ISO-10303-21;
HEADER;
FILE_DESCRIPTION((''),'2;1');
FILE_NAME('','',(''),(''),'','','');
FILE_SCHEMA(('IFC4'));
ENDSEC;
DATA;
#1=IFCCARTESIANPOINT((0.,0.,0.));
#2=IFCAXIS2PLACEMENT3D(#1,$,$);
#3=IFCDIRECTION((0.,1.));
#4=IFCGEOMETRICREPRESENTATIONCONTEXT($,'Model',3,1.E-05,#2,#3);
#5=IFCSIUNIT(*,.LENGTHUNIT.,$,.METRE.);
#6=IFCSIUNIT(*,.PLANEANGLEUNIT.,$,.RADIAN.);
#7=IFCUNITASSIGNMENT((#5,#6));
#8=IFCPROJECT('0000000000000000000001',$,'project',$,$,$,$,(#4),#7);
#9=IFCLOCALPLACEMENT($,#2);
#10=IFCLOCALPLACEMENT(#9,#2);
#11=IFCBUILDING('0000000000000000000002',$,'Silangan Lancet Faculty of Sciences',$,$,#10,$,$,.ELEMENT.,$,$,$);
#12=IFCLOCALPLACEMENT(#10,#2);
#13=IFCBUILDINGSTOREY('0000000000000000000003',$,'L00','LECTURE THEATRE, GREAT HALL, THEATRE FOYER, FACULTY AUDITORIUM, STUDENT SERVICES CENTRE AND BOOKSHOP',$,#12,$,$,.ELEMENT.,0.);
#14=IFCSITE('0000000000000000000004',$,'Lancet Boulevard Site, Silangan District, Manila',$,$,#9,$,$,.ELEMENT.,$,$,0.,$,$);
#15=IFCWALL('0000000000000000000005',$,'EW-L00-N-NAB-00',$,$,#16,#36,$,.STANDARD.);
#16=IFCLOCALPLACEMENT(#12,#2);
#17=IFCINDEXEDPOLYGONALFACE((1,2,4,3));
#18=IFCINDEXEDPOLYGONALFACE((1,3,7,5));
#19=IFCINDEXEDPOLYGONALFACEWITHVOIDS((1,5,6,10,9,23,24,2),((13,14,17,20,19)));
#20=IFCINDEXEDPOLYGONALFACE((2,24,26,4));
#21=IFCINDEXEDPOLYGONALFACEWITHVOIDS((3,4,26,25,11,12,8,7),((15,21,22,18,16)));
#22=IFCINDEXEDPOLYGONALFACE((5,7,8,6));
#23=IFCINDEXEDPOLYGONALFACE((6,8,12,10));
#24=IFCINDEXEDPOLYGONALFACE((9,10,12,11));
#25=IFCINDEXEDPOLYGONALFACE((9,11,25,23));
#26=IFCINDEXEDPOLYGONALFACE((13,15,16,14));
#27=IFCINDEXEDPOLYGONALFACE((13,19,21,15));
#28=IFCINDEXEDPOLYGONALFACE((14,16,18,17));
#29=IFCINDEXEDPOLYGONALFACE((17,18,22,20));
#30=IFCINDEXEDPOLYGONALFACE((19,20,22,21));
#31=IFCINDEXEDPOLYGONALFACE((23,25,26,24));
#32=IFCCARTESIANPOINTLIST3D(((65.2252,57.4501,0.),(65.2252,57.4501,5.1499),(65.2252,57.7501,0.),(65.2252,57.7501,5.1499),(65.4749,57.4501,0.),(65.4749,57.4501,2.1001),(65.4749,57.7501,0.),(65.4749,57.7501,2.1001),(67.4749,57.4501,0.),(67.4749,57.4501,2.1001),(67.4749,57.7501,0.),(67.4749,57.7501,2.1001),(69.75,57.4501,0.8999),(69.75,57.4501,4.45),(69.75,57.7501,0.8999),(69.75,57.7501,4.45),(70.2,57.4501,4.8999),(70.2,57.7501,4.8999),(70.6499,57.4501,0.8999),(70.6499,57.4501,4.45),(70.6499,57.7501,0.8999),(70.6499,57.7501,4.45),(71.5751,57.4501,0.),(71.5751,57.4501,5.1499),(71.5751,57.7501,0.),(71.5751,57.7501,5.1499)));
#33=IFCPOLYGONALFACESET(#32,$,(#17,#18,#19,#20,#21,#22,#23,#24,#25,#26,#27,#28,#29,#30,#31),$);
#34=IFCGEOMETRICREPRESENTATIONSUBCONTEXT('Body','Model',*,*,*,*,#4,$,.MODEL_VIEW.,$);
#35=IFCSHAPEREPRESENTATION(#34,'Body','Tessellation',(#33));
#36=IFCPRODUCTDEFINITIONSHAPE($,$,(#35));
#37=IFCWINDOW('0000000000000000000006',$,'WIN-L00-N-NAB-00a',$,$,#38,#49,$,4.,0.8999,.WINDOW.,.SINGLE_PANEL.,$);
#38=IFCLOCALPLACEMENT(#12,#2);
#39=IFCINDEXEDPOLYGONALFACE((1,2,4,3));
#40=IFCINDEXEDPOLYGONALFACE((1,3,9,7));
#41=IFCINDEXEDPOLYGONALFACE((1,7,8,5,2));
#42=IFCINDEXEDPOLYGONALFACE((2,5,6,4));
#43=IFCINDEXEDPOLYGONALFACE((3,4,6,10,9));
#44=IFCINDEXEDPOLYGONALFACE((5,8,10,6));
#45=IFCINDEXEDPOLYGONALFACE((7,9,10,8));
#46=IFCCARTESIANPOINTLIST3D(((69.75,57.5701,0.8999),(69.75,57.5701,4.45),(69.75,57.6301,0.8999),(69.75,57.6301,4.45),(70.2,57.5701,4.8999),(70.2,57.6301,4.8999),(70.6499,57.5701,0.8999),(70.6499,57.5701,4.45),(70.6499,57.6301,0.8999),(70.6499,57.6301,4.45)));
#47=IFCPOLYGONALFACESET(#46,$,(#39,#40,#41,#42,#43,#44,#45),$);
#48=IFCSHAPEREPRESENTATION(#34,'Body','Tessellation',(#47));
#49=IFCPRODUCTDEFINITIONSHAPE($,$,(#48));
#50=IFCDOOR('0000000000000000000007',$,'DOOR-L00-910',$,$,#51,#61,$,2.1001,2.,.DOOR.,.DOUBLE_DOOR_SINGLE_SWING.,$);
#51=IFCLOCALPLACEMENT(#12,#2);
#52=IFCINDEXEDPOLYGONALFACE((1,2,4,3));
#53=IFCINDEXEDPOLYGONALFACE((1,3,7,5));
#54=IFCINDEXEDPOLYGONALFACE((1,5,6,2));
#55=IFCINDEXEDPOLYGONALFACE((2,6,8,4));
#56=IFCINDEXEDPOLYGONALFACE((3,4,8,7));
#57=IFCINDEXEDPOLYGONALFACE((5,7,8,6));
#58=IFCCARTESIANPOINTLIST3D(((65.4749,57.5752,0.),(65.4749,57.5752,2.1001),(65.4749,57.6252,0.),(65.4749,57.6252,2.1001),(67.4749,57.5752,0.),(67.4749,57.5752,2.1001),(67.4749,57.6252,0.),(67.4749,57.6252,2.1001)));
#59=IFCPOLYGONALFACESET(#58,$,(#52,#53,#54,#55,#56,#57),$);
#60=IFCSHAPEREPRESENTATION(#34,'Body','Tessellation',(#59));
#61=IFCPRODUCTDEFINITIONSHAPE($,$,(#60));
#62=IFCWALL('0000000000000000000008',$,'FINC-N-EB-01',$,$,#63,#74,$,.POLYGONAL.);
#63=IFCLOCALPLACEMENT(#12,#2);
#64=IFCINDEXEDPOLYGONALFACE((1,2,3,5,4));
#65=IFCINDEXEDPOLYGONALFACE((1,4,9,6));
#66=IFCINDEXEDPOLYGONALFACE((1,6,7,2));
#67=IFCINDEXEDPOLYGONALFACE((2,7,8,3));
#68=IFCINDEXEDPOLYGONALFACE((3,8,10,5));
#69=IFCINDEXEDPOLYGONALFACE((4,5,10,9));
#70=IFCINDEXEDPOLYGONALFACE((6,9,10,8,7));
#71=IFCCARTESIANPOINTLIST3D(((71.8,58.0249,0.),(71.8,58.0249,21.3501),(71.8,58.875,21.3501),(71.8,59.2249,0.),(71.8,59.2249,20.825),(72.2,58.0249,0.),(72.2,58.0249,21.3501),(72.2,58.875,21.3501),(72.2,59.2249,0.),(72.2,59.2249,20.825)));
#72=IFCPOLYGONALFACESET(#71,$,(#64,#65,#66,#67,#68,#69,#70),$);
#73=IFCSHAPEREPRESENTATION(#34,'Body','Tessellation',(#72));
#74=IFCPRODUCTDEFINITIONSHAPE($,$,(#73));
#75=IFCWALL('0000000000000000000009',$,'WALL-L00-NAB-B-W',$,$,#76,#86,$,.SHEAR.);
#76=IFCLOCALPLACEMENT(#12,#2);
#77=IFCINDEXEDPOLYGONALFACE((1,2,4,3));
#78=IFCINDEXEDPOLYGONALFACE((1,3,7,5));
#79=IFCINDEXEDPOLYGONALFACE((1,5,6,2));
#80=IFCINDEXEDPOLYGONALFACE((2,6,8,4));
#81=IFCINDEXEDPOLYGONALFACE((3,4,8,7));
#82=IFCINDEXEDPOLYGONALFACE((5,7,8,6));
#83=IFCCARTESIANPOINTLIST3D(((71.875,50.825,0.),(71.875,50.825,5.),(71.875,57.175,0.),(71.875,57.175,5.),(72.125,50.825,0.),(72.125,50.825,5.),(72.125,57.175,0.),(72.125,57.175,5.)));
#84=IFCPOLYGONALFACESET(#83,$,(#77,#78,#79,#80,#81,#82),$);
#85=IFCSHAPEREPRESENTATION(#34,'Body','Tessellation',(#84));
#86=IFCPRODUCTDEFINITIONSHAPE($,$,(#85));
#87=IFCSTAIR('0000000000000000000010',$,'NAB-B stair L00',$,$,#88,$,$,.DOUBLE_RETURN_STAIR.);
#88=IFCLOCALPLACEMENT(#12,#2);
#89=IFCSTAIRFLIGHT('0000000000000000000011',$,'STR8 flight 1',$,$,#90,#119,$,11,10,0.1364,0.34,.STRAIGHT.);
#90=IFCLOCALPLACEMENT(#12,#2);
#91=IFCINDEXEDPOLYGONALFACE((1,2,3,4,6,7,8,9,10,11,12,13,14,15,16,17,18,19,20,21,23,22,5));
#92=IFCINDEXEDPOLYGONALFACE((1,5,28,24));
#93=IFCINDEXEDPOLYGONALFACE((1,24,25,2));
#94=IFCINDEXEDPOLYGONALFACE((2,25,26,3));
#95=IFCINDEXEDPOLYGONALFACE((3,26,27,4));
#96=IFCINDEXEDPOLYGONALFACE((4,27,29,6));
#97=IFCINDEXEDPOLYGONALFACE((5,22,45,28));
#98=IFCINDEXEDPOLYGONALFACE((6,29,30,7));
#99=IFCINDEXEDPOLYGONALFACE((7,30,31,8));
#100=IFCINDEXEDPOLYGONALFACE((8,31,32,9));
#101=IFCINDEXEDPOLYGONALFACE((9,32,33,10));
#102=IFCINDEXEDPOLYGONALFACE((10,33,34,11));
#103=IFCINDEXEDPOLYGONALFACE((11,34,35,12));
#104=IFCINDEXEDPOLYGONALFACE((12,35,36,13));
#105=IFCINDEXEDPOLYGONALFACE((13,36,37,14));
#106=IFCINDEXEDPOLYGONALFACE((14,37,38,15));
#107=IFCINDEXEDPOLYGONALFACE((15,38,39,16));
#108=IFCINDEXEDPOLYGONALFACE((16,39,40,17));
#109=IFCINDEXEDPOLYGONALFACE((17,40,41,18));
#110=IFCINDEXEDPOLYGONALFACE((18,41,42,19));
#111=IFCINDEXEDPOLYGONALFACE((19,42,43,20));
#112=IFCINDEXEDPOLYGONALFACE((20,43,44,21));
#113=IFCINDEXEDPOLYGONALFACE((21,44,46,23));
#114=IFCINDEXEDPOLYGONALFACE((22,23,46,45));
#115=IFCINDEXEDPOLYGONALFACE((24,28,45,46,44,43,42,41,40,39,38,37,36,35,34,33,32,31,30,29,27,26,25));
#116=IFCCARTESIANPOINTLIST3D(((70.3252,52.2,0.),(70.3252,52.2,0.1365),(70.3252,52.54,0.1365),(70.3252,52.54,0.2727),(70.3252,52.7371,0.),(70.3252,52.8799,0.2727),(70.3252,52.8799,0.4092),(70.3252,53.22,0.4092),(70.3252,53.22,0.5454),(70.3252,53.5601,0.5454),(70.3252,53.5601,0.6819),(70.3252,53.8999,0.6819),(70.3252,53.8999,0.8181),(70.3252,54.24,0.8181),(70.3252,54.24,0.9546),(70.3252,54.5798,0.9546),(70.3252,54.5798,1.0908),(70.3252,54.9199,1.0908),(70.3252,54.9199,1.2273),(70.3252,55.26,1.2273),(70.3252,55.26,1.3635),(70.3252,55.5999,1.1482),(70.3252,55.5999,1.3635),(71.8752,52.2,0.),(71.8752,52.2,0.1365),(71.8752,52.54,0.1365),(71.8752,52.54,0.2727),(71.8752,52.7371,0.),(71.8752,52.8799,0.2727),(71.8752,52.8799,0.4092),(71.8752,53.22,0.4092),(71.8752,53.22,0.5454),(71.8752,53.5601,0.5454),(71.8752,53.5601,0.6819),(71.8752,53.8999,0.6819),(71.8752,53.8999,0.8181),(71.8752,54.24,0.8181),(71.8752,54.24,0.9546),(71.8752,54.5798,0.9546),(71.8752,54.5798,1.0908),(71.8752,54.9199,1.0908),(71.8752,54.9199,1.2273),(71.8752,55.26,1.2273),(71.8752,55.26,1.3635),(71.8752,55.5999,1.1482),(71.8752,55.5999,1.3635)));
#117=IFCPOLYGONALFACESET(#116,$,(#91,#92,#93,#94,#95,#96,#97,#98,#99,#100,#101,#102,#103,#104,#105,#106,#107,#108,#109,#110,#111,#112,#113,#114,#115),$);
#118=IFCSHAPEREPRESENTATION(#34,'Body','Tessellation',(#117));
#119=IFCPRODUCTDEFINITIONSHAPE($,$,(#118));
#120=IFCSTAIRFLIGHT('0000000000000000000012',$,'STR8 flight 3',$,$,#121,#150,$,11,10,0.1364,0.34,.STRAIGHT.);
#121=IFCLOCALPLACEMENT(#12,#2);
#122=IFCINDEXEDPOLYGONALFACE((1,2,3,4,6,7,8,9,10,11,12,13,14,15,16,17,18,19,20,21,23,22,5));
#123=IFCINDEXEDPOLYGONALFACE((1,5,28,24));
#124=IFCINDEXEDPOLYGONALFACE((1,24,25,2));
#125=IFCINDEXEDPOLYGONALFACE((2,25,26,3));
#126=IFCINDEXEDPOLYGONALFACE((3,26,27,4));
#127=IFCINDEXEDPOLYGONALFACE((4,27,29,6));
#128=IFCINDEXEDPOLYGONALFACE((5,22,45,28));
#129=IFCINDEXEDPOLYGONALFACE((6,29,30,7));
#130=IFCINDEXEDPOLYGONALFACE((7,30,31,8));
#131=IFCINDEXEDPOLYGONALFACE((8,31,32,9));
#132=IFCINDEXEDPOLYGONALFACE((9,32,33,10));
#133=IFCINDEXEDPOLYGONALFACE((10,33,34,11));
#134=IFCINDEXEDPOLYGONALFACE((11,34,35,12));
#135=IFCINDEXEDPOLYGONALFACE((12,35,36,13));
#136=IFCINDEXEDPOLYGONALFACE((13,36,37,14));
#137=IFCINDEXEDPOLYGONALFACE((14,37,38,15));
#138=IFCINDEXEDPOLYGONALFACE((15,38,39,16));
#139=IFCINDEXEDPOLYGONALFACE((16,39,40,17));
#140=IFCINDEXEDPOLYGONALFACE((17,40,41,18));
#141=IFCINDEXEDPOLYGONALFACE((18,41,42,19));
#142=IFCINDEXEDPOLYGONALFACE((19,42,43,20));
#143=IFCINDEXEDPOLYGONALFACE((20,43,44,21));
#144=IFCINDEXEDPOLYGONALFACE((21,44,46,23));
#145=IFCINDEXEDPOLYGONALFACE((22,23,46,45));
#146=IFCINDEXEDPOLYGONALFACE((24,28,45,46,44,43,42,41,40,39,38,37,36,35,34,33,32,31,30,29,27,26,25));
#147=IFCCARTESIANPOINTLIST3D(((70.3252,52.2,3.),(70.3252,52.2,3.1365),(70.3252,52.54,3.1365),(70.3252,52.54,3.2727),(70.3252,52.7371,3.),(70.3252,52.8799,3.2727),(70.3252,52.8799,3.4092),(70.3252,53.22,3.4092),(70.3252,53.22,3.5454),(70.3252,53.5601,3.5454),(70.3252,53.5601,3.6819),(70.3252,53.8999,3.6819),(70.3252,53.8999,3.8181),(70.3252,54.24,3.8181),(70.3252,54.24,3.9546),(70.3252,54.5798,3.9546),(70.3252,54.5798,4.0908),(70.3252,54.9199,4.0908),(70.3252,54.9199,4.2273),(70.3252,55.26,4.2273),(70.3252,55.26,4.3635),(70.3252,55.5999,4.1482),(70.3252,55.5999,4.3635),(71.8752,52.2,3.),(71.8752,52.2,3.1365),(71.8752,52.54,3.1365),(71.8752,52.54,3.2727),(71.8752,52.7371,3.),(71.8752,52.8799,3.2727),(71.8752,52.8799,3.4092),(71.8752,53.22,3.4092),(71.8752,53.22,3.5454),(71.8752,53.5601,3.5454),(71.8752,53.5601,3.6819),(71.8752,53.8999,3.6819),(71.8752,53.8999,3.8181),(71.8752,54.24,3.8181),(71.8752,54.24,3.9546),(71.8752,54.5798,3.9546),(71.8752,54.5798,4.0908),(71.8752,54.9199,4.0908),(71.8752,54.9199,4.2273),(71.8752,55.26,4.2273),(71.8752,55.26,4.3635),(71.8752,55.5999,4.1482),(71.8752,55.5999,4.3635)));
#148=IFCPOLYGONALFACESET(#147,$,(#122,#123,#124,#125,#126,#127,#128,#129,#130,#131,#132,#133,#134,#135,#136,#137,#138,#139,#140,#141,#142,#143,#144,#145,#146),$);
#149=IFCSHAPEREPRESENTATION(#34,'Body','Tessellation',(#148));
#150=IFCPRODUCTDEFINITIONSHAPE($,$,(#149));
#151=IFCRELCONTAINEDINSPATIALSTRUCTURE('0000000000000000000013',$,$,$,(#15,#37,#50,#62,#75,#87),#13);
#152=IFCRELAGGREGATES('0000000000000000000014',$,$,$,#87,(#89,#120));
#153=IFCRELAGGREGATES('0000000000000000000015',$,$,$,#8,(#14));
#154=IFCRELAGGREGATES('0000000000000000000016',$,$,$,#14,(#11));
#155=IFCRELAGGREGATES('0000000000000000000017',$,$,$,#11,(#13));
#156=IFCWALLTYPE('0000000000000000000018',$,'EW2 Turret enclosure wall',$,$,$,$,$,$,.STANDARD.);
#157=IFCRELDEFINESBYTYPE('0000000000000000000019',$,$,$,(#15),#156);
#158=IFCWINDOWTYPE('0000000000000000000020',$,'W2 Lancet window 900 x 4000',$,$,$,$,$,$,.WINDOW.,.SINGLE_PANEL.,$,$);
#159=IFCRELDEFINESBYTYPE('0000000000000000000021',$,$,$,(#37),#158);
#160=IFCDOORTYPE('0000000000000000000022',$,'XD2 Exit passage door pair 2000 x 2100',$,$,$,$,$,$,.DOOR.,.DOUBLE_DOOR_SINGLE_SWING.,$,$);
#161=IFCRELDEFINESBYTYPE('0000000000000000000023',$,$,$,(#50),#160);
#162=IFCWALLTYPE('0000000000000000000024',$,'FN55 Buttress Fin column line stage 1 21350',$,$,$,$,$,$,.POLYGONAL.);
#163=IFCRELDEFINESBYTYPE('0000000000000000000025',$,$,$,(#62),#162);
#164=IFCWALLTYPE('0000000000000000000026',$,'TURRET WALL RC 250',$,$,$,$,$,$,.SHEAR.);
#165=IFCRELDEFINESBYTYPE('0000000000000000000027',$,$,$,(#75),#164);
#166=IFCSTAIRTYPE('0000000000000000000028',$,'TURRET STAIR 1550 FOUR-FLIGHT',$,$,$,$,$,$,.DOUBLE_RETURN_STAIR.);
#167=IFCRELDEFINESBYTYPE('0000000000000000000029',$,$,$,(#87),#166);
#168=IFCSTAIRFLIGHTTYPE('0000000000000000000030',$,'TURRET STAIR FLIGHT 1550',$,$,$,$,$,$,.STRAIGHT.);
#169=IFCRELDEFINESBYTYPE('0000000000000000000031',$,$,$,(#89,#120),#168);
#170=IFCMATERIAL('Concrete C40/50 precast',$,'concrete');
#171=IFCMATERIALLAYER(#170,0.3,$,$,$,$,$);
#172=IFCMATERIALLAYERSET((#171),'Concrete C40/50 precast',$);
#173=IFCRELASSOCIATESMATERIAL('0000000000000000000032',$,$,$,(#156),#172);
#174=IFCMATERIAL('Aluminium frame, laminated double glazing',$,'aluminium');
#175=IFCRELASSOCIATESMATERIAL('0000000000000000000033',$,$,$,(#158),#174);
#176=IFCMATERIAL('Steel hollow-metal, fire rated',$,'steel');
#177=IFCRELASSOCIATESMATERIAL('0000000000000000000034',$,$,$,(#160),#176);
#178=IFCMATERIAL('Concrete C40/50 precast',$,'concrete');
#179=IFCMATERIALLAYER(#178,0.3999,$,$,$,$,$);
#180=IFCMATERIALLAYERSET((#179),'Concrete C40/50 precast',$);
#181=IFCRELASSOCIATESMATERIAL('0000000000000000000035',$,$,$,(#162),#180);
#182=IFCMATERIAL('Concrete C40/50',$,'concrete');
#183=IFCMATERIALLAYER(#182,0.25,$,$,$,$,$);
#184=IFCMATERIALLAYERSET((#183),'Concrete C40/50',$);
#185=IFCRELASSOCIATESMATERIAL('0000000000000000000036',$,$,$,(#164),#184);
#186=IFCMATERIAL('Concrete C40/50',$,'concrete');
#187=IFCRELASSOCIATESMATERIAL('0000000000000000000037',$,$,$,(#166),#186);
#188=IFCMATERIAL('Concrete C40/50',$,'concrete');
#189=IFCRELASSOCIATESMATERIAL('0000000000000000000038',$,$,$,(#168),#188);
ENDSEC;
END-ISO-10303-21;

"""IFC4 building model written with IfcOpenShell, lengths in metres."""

from ifc_helpers import new_model, si_unit, direction, frame, frame_2d, origin, place, context, subcontext, project, spatial, polyline, rectangle, outline, extrude, material, layer, layer_set, type_object, element, fill, aggregate, save


model = new_model("IFC4")

# Units and contexts
model_context = context("Model", 3, precision=1e-05, world=origin(), true_north=direction((0.0, 1.0)))
body_context = subcontext(model_context, "Body", "Model", "MODEL_VIEW")
ifc_project = project(units=[si_unit("LENGTHUNIT", "METRE"), si_unit("PLANEANGLEUNIT", "RADIAN")], contexts=[model_context])

# Site, building, storey
site_placement = place(None, origin())
site = spatial("IfcSite", under=ifc_project, at=site_placement, Name="Lancet Boulevard Site, Silangan District, Manila", CompositionType="ELEMENT", RefElevation=0.0)
building_placement = place(site_placement, origin())
building = spatial("IfcBuilding", under=site, at=building_placement, Name="Silangan Lancet Faculty of Sciences", CompositionType="ELEMENT")
storey_placement = place(building_placement, origin())
storey = spatial("IfcBuildingStorey", under=building, at=storey_placement, Name="L00", Description="LECTURE THEATRE, GREAT HALL, THEATRE FOYER, FACULTY AUDITORIUM, STUDENT SERVICES CENTRE AND BOOKSHOP", CompositionType="ELEMENT", Elevation=0.0)

# Wall, openings, window, door
ifc_material_1 = material(Name="Concrete C40/50 precast", Category="concrete")
ifc_layer_1 = layer(ifc_material_1, 0.3)
ifc_layer_set_1 = layer_set([ifc_layer_1], Name="Concrete C40/50 precast")
wall_type_1 = type_object("IfcWallType", Name="EW2 Turret enclosure wall", PredefinedType="STANDARD", material=ifc_layer_set_1)
wall_1_placement = place(storey_placement, frame((71.575, 57.6001, 0.0), z_axis=(0.0, 0.0, 1.0), x_axis=(-1.0, 0.0, 0.0)))
wall_1 = element("IfcWall", 1, at=wall_1_placement, inside=storey, type_object=wall_type_1, Name="EW-L00-N-NAB-00", PredefinedType="STANDARD", context=body_context, shape_type="SweptSolid", body=[
    extrude(rectangle(XDim=6.3499, YDim=0.3, at=frame_2d((3.1748, 0.0))), origin(), (0.0, 0.0, 1.0), 5.1499),
])
opening_1_placement = place(wall_1_placement, frame((4.1001, 0.0, 0.0)))
opening_1 = element("IfcOpeningElement", 2, at=opening_1_placement, cuts=wall_1, PredefinedType="OPENING", context=body_context, shape_type="SweptSolid", body=[
    extrude(rectangle(XDim=2.0, YDim=2.1001, at=frame_2d((1.0, 1.05))), frame((0.0, 0.1599, 0.0), z_axis=(0.0, -1.0, 0.0), x_axis=(1.0, 0.0, 0.0)), (0.0, 0.0, 1.0), 0.3201),
])
opening_2_placement = place(wall_1_placement, frame((0.925, 0.0, 0.8999)))
opening_2 = element("IfcOpeningElement", 3, at=opening_2_placement, cuts=wall_1, PredefinedType="OPENING", context=body_context, shape_type="SweptSolid", body=[
    extrude(outline(polyline([(0.0, 0.0), (0.8999, 0.0), (0.8999, 3.55), (0.45, 4.0), (0.0, 3.55), (0.0, 0.0)])), frame((0.0, 0.1599, 0.0), z_axis=(0.0, -1.0, 0.0), x_axis=(1.0, 0.0, 0.0)), (0.0, 0.0, 1.0), 0.3201),
])
ifc_material_2 = material(Name="Aluminium frame, laminated double glazing", Category="aluminium")
window_type = type_object("IfcWindowType", Name="W2 Lancet window 900 x 4000", PartitioningType="SINGLE_PANEL", PredefinedType="WINDOW", material=ifc_material_2)
window_placement = place(opening_2_placement, origin())
window = element("IfcWindow", 4, at=window_placement, inside=storey, type_object=window_type, Name="WIN-L00-N-NAB-00a", OverallHeight=4.0, OverallWidth=0.8999, PartitioningType="SINGLE_PANEL", PredefinedType="WINDOW", context=body_context, shape_type="SweptSolid", body=[
    extrude(outline(polyline([(0.0, 0.0), (0.8999, 0.0), (0.8999, 3.55), (0.45, 4.0), (0.0, 3.55), (0.0, 0.0)])), frame((0.0, 0.03, 0.0), z_axis=(0.0, -1.0, 0.0), x_axis=(1.0, 0.0, 0.0)), (0.0, 0.0, 1.0), 0.0601),
])
fill(opening_2, window)
ifc_material_3 = material(Name="Steel hollow-metal, fire rated", Category="steel")
door_type = type_object("IfcDoorType", Name="XD2 Exit passage door pair 2000 x 2100", OperationType="DOUBLE_DOOR_SINGLE_SWING", PredefinedType="DOOR", material=ifc_material_3)
door_placement = place(opening_1_placement, frame((2.0, 0.0, 0.0), z_axis=(0.0, 0.0, 1.0), x_axis=(-1.0, 0.0, 0.0)))
door = element("IfcDoor", 5, at=door_placement, inside=storey, type_object=door_type, Name="DOOR-L00-910", OperationType="DOUBLE_DOOR_SINGLE_SWING", OverallHeight=2.1001, OverallWidth=2.0, PredefinedType="DOOR", context=body_context, shape_type="SweptSolid", body=[
    extrude(rectangle(XDim=2.0, YDim=2.1001, at=frame_2d((1.0, 1.05))), frame((0.0, 0.0251, 0.0), z_axis=(0.0, -1.0, 0.0), x_axis=(1.0, 0.0, 0.0)), (0.0, 0.0, 1.0), 0.05),
])
fill(opening_1, door)

# Walls
ifc_material_4 = material(Name="Concrete C40/50 precast", Category="concrete")
ifc_layer_2 = layer(ifc_material_4, 0.3999)
ifc_layer_set_2 = layer_set([ifc_layer_2], Name="Concrete C40/50 precast")
wall_type_2 = type_object("IfcWallType", Name="FN55 Buttress Fin column line stage 1 21350", PredefinedType="POLYGONAL", material=ifc_layer_set_2)
wall_2_placement = place(storey_placement, frame((72.0, 58.0249, 0.0), z_axis=(0.0, 0.0, 1.0), x_axis=(0.0, 1.0, 0.0)))
element("IfcWall", 6, at=wall_2_placement, inside=storey, type_object=wall_type_2, Name="FINC-N-EB-01", PredefinedType="POLYGONAL", context=body_context, shape_type="SweptSolid", body=[
    extrude(outline(polyline([(1.2, 0.0), (1.2, 20.825), (0.8501, 21.3501), (0.0, 21.3501), (0.0, 0.0), (1.2, 0.0)])), frame((0.0, 0.2, 0.0), z_axis=(0.0, -1.0, 0.0), x_axis=(1.0, 0.0, 0.0)), (0.0, 0.0, 1.0), 0.3999),
])
ifc_material_5 = material(Name="Concrete C40/50", Category="concrete")
ifc_layer_3 = layer(ifc_material_5, 0.25)
ifc_layer_set_3 = layer_set([ifc_layer_3], Name="Concrete C40/50")
wall_type_3 = type_object("IfcWallType", Name="TURRET WALL RC 250", PredefinedType="SHEAR", material=ifc_layer_set_3)
wall_3_placement = place(storey_placement, frame((72.0, 50.825, 0.0), z_axis=(0.0, 0.0, 1.0), x_axis=(0.0, 1.0, 0.0)))
element("IfcWall", 7, at=wall_3_placement, inside=storey, type_object=wall_type_3, Name="WALL-L00-NAB-B-W", PredefinedType="SHEAR", context=body_context, shape_type="SweptSolid", body=[
    extrude(rectangle(XDim=6.3501, YDim=0.25, at=frame_2d((3.175, 0.0))), origin(), (0.0, 0.0, 1.0), 5.0),
])

# Stair, stair flights
ifc_material_6 = material(Name="Concrete C40/50", Category="concrete")
stair_type = type_object("IfcStairType", Name="TURRET STAIR 1550 FOUR-FLIGHT", PredefinedType="DOUBLE_RETURN_STAIR", material=ifc_material_6)
stair_placement = place(storey_placement, origin())
stair = element("IfcStair", 8, at=stair_placement, inside=storey, type_object=stair_type, Name="NAB-B stair L00", PredefinedType="DOUBLE_RETURN_STAIR")
ifc_material_7 = material(Name="Concrete C40/50", Category="concrete")
stair_flight_type = type_object("IfcStairFlightType", Name="TURRET STAIR FLIGHT 1550", PredefinedType="STRAIGHT", material=ifc_material_7)
stair_flight_1_placement = place(storey_placement, frame((71.1001, 52.2, 0.0), z_axis=(0.0, 0.0, 1.0), x_axis=(0.0, 1.0, 0.0)))
stair_flight_1 = element("IfcStairFlight", 9, at=stair_flight_1_placement, type_object=stair_flight_type, Name="STR8 flight 1", NumberOfRisers=11, NumberOfTreads=10, PredefinedType="STRAIGHT", RiserHeight=0.1364, TreadLength=0.34, context=body_context, shape_type="SweptSolid", body=[
    extrude(outline(polyline([(0.0, 0.0), (0.0, 0.1365), (0.3401, 0.1365), (0.3401, 0.2727), (0.6799, 0.2727), (0.6799, 0.4092), (1.02, 0.4092), (1.02, 0.5454), (1.3601, 0.5454), (1.3601, 0.6819), (1.7, 0.6819), (1.7, 0.8181), (2.04, 0.8181), (2.04, 0.9546), (2.3799, 0.9546), (2.3799, 1.0908), (2.72, 1.0908), (2.72, 1.2273), (3.0601, 1.2273), (3.0601, 1.3635), (3.3999, 1.3635), (3.3999, 1.5), (3.3999, 1.1482), (0.5371, 0.0), (0.0, 0.0)])), frame((0.0, 0.7749, 0.0), z_axis=(0.0, -1.0, 0.0), x_axis=(1.0, 0.0, 0.0)), (0.0, 0.0, 1.0), 1.55),
])
stair_flight_2_placement = place(storey_placement, frame((71.1001, 52.2, 3.0), z_axis=(0.0, 0.0, 1.0), x_axis=(0.0, 1.0, 0.0)))
stair_flight_2 = element("IfcStairFlight", 10, at=stair_flight_2_placement, type_object=stair_flight_type, Name="STR8 flight 3", NumberOfRisers=11, NumberOfTreads=10, PredefinedType="STRAIGHT", RiserHeight=0.1364, TreadLength=0.34, context=body_context, shape_type="SweptSolid", body=[
    extrude(outline(polyline([(0.0, 0.0), (0.0, 0.1365), (0.3401, 0.1365), (0.3401, 0.2727), (0.6799, 0.2727), (0.6799, 0.4092), (1.02, 0.4092), (1.02, 0.5454), (1.3601, 0.5454), (1.3601, 0.6819), (1.7, 0.6819), (1.7, 0.8181), (2.04, 0.8181), (2.04, 0.9546), (2.3799, 0.9546), (2.3799, 1.0908), (2.72, 1.0908), (2.72, 1.2273), (3.0601, 1.2273), (3.0601, 1.3635), (3.3999, 1.3635), (3.3999, 1.5), (3.3999, 1.1482), (0.5371, 0.0), (0.0, 0.0)])), frame((0.0, 0.7749, 0.0), z_axis=(0.0, -1.0, 0.0), x_axis=(1.0, 0.0, 0.0)), (0.0, 0.0, 1.0), 1.55),
])
aggregate(stair, [stair_flight_1, stair_flight_2])

save(model, "model.ifc")
